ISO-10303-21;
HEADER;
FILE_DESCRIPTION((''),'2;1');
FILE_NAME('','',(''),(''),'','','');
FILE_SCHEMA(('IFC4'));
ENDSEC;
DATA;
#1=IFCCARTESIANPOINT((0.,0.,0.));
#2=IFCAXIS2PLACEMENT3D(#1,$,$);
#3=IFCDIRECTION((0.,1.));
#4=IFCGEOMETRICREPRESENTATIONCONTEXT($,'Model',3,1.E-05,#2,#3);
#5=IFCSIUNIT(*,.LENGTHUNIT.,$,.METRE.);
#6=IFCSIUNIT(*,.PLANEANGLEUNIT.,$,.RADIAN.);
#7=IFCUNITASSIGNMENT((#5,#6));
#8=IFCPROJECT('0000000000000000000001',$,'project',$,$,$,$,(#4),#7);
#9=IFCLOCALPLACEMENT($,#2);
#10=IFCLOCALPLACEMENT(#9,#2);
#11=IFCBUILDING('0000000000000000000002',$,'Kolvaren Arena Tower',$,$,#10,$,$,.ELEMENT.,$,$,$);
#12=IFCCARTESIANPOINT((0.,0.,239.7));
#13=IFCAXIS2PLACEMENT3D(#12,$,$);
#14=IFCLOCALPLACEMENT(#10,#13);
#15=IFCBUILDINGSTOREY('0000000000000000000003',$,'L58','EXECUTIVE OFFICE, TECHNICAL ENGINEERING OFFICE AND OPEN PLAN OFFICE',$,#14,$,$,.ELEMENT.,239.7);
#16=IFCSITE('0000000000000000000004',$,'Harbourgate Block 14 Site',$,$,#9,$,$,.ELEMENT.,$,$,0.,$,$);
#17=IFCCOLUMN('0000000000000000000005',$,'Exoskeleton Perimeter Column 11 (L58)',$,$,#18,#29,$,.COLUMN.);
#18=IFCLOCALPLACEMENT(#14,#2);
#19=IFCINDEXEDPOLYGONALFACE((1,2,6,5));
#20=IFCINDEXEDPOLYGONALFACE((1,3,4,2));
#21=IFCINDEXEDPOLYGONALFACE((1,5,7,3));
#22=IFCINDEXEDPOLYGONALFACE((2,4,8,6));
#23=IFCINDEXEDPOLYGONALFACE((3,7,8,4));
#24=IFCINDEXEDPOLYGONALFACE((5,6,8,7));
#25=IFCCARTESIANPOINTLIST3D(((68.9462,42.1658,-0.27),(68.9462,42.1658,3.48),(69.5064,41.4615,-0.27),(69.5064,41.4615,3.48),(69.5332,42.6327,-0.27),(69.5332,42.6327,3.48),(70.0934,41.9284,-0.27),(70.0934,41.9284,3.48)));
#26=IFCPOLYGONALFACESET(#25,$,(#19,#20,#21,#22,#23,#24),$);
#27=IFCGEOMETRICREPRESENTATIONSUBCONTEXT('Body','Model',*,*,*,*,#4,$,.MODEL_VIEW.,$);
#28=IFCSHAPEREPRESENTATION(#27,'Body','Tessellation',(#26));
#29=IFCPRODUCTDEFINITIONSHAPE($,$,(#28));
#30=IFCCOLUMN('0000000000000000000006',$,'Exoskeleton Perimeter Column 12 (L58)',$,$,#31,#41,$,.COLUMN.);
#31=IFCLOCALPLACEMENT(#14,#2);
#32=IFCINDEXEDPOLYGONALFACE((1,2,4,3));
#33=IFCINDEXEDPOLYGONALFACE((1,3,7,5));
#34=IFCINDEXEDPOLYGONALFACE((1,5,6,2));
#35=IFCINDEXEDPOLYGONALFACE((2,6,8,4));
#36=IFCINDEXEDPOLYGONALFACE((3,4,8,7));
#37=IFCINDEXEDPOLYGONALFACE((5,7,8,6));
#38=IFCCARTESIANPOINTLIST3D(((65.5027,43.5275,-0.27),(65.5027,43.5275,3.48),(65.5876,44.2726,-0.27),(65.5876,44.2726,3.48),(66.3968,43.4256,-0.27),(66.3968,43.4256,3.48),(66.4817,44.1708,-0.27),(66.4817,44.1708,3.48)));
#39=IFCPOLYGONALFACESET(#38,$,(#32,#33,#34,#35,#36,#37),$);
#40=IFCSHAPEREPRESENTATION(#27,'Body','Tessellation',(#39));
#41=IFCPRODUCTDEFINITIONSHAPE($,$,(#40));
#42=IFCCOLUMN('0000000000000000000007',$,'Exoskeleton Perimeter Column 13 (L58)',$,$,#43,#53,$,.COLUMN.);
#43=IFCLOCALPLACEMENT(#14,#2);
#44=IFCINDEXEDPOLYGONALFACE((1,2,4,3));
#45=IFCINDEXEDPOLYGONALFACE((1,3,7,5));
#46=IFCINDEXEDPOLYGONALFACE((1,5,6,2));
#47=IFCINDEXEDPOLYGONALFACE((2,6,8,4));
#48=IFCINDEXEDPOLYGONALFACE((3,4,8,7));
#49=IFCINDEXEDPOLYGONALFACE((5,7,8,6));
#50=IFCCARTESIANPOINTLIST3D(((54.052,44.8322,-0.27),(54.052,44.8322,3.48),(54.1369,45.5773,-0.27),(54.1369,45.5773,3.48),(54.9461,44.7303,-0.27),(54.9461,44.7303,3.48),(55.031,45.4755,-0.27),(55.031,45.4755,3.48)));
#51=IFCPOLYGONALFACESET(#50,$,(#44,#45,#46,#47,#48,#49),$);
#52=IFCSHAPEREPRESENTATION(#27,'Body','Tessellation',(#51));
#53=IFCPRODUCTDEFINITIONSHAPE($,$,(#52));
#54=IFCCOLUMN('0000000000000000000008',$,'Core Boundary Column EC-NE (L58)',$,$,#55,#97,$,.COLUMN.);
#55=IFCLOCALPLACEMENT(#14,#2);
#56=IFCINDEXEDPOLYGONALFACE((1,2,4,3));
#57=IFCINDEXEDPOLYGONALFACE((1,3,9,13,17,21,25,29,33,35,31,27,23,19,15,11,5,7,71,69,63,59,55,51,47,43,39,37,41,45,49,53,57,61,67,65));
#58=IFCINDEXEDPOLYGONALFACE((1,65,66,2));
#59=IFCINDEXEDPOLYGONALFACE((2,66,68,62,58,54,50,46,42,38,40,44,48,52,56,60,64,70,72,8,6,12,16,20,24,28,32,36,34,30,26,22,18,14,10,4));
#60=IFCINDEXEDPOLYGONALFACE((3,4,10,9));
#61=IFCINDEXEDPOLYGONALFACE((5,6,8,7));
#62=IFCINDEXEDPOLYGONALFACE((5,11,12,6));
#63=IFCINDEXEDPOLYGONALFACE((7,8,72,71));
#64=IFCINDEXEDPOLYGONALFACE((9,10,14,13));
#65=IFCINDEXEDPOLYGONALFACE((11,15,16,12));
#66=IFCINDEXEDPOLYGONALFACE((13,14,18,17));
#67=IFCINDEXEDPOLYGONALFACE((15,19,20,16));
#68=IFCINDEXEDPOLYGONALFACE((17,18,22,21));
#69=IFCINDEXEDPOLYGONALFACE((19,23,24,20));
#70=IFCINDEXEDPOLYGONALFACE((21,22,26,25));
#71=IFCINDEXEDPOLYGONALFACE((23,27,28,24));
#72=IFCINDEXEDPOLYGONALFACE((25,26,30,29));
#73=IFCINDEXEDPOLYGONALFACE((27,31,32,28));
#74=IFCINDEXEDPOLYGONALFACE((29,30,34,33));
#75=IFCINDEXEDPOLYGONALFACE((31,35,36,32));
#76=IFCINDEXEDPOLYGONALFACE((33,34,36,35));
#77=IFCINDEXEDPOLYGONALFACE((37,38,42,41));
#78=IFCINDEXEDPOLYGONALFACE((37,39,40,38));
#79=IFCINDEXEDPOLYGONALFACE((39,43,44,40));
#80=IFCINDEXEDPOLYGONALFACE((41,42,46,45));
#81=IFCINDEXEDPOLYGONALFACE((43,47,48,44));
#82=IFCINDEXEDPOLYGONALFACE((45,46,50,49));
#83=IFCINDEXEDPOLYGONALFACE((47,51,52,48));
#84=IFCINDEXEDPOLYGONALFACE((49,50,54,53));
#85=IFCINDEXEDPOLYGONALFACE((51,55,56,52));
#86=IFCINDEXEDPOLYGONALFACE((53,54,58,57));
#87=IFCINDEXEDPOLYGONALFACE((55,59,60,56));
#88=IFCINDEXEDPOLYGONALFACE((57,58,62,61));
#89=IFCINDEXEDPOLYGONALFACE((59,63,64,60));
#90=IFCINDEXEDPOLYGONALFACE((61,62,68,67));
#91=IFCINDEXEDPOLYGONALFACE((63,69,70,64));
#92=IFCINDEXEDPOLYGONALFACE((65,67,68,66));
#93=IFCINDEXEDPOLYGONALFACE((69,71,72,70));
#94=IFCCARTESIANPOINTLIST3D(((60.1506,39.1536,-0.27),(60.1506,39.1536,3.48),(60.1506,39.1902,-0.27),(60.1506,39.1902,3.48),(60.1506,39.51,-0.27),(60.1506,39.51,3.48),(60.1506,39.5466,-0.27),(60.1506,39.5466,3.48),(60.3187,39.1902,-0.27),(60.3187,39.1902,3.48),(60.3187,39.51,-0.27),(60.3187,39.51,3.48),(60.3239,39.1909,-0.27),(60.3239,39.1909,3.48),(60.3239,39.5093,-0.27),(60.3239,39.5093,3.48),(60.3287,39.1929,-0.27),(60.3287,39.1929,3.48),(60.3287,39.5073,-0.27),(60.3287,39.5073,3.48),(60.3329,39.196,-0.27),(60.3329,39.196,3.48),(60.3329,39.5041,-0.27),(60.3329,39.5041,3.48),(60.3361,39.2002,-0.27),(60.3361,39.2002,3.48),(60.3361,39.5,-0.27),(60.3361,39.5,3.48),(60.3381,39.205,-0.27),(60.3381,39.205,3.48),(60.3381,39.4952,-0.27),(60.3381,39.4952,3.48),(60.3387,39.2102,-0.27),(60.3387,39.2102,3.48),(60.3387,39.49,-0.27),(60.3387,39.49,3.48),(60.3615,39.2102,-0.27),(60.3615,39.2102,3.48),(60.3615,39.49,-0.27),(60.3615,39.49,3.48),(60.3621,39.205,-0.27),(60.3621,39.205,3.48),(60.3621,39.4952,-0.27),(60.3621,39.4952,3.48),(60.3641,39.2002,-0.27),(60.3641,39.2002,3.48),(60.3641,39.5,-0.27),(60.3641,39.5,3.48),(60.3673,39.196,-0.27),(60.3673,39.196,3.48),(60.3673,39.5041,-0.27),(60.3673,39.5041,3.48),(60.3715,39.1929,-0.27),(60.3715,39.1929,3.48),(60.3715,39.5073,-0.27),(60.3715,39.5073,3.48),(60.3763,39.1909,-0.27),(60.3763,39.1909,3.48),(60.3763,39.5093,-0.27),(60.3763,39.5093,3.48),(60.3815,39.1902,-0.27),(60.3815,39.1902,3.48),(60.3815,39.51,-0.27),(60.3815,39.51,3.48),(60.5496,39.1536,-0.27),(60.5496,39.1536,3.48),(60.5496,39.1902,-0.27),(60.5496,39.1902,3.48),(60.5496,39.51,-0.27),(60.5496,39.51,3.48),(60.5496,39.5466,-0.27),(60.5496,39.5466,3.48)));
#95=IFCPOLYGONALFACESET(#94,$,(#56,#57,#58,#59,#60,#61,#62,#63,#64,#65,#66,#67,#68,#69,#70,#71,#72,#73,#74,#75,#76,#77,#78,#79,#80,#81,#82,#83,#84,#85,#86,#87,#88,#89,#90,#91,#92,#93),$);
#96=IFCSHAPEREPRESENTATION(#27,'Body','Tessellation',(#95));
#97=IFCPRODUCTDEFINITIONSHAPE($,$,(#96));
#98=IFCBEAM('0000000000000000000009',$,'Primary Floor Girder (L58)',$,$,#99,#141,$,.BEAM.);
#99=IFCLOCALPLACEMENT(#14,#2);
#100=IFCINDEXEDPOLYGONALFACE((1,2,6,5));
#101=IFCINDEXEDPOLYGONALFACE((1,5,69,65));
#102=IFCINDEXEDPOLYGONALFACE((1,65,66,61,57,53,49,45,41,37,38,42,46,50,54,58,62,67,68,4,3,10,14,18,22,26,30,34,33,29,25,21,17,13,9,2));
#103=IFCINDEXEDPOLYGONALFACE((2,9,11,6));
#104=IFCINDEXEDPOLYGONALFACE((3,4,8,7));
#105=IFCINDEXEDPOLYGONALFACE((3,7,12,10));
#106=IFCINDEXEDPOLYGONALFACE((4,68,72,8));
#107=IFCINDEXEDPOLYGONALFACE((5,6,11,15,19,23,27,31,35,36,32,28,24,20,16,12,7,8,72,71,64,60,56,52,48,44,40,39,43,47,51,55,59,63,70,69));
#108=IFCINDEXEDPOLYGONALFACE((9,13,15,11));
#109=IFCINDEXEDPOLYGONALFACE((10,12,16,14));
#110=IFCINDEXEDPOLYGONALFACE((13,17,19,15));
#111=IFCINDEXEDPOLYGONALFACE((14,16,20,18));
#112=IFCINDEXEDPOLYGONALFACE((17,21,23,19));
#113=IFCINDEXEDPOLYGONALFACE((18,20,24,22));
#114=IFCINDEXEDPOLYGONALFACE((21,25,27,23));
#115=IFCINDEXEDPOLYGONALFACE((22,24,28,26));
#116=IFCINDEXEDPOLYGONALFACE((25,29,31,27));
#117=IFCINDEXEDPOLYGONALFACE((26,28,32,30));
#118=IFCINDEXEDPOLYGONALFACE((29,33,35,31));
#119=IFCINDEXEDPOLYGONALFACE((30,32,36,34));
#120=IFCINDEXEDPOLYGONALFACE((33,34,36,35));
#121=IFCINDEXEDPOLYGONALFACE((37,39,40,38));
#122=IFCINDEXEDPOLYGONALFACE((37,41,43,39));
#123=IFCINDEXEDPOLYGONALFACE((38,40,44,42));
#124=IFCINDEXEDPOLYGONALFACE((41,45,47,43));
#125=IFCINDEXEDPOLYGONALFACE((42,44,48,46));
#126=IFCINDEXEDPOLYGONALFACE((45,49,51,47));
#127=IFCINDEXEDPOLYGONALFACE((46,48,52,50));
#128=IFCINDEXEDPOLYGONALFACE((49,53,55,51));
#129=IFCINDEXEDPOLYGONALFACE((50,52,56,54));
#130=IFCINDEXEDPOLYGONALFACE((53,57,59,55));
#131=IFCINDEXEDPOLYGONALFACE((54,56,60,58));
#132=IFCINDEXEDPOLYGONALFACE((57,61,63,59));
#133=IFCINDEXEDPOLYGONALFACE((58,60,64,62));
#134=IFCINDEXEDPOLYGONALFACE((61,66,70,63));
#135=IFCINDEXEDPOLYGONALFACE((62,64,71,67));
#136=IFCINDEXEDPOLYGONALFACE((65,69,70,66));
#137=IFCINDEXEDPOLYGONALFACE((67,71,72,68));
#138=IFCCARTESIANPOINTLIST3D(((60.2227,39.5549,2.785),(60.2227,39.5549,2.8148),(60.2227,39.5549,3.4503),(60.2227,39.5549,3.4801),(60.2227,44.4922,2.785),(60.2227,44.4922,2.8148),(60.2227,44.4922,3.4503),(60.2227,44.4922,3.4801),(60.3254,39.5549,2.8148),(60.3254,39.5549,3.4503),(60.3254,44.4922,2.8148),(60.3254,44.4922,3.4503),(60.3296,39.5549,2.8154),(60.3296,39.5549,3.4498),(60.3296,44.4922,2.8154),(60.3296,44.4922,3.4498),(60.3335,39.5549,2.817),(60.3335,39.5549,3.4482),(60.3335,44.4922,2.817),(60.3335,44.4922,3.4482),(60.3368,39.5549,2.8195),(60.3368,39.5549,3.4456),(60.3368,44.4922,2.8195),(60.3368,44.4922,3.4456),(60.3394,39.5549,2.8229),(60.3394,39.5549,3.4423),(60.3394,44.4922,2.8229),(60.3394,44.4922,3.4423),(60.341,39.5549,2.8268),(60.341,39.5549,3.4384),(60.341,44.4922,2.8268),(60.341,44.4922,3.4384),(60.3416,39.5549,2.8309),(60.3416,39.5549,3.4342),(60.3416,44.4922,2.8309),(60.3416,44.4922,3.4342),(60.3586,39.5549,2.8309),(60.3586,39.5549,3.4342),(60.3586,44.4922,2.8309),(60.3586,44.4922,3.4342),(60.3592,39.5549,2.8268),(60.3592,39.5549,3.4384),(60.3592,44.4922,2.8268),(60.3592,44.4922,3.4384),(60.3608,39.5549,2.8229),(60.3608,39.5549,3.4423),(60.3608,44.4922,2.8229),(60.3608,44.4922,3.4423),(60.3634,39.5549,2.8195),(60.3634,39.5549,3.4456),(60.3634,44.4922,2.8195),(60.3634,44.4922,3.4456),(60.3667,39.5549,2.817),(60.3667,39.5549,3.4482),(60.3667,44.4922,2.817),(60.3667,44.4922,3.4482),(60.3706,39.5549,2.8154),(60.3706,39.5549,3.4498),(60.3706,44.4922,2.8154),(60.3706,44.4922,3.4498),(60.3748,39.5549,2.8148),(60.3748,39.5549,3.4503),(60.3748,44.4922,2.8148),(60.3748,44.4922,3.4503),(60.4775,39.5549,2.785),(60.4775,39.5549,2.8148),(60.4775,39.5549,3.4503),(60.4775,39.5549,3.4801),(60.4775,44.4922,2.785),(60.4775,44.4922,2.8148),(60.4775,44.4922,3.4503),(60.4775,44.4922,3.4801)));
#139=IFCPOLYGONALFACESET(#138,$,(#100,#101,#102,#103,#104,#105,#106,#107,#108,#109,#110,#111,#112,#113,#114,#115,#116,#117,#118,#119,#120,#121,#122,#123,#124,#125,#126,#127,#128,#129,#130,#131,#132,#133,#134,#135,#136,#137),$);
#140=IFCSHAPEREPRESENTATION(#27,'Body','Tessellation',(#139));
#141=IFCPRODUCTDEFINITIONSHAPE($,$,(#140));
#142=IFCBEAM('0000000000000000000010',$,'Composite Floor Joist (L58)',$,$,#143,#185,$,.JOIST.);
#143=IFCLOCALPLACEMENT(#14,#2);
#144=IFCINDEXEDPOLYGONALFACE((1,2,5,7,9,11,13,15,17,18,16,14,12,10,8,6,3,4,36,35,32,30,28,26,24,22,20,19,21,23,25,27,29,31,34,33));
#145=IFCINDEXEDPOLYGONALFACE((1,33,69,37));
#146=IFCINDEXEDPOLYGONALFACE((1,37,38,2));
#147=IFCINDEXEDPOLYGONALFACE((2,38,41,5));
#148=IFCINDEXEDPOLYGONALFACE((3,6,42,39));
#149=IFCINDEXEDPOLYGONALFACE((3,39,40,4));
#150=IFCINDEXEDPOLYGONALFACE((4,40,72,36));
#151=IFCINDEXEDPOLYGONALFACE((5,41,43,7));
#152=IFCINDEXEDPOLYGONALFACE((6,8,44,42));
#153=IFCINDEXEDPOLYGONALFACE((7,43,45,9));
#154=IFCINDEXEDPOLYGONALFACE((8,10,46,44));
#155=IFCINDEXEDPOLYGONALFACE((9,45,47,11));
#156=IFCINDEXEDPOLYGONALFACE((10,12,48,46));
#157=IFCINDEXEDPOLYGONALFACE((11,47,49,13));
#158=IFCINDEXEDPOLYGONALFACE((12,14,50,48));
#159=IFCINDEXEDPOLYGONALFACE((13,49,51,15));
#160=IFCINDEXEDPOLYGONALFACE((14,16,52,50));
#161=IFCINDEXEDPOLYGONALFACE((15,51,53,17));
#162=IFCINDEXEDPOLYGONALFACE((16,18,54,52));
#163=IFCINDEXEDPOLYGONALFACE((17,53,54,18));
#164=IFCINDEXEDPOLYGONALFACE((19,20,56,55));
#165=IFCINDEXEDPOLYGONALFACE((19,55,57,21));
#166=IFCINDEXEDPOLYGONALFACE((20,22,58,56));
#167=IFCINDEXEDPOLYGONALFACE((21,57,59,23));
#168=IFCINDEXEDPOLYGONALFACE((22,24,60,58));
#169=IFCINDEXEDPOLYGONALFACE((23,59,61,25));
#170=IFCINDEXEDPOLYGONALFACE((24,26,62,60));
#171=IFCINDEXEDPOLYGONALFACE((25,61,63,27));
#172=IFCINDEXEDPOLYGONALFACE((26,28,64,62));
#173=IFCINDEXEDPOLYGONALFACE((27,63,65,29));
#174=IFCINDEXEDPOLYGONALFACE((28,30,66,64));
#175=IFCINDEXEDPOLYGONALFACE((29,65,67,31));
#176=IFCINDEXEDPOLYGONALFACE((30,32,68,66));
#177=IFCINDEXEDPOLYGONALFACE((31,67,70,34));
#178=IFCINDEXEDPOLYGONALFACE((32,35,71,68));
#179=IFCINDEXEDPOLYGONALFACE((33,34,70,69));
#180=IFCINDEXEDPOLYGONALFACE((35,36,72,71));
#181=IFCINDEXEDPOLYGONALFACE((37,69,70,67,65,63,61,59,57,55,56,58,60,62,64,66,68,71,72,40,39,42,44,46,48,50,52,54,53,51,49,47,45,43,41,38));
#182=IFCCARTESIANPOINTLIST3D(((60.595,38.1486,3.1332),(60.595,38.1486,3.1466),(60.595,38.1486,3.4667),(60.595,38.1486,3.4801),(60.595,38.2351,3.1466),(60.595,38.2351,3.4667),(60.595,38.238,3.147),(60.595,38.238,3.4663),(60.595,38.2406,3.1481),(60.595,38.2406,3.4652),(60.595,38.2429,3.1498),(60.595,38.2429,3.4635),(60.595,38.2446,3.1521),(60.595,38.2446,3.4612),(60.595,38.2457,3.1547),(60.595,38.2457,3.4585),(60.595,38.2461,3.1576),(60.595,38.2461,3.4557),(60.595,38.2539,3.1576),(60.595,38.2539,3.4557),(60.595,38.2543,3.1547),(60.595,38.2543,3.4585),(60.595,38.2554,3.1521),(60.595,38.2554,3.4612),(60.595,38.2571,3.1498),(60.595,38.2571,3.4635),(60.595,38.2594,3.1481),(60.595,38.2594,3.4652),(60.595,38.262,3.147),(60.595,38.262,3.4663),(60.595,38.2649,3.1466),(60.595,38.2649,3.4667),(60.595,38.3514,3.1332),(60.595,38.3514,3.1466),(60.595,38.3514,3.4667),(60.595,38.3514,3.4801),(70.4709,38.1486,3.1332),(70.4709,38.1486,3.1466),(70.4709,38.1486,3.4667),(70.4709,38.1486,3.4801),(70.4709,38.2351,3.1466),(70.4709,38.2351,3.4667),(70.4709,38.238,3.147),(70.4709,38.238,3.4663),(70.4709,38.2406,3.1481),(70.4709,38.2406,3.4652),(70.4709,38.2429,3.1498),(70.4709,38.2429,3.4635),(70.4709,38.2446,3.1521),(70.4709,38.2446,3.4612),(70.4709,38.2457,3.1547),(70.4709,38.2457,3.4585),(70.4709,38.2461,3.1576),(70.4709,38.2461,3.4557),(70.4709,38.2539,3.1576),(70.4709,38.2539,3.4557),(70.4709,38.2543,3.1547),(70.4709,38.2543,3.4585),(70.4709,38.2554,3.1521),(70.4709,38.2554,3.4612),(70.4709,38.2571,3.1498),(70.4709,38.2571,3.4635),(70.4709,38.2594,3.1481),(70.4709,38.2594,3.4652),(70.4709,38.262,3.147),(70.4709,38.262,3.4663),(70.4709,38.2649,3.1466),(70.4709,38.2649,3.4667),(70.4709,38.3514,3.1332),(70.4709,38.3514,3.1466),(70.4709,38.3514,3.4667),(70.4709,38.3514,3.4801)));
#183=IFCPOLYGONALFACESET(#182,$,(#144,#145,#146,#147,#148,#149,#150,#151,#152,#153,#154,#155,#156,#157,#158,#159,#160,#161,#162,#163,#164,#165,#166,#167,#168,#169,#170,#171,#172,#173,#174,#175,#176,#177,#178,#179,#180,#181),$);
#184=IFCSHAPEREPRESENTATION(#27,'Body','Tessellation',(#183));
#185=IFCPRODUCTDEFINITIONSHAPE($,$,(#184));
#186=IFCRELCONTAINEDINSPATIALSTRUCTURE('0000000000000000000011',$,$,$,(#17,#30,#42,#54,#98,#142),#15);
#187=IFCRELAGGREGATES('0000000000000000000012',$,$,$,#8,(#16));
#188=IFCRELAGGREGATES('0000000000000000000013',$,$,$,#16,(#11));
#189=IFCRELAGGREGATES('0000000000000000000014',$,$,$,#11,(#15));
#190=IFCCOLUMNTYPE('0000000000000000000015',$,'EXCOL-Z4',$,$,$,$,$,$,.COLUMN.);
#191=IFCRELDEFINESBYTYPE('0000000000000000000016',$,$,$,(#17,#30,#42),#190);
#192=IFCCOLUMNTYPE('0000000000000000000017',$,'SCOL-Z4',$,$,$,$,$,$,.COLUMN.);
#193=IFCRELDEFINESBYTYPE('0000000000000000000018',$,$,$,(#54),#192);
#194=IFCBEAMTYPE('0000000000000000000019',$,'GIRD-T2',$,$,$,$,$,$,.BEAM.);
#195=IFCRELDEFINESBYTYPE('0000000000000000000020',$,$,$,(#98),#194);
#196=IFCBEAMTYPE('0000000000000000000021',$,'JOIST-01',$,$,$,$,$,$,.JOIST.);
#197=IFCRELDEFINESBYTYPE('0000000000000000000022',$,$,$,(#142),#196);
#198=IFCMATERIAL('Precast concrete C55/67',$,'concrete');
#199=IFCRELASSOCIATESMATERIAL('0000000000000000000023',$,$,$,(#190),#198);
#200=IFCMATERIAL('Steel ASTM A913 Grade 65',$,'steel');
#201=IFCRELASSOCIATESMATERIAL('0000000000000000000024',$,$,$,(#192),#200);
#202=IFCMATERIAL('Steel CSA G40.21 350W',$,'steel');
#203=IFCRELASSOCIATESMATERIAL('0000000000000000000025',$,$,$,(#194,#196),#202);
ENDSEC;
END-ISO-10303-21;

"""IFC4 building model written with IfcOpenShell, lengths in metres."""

from ifc_helpers import new_model, si_unit, direction, frame, origin, origin_2d, place, context, subcontext, project, spatial, rectangle, i_section, extrude, material, material_profile, profile_set, type_object, element, save


model = new_model("IFC4")

# Units and contexts
model_context = context("Model", 3, precision=1e-05, world=origin(), true_north=direction((0.0, 1.0)))
body_context = subcontext(model_context, "Body", "Model", "MODEL_VIEW")
ifc_project = project(units=[si_unit("LENGTHUNIT", "METRE"), si_unit("PLANEANGLEUNIT", "RADIAN")], contexts=[model_context])

# Site, building, storey
site_placement = place(None, origin())
site = spatial("IfcSite", under=ifc_project, at=site_placement, Name="Harbourgate Block 14 Site", CompositionType="ELEMENT", RefElevation=0.0)
building_placement = place(site_placement, origin())
building = spatial("IfcBuilding", under=site, at=building_placement, Name="Kolvaren Arena Tower", CompositionType="ELEMENT")
storey_placement = place(building_placement, frame((0.0, 0.0, 239.7)))
storey = spatial("IfcBuildingStorey", under=building, at=storey_placement, Name="L58", Description="EXECUTIVE OFFICE, TECHNICAL ENGINEERING OFFICE AND OPEN PLAN OFFICE", CompositionType="ELEMENT", Elevation=239.7)

# Columns
ifc_material_1 = material(Name="Precast concrete C55/67", Category="concrete")
ifc_material_profile_1 = material_profile(ifc_material_1, rectangle(XDim=0.8999, YDim=0.75, at=origin_2d()), Name="RC-900x750")
ifc_profile_set_1 = profile_set([ifc_material_profile_1], Name="Precast concrete C55/67")
column_type_1 = type_object("IfcColumnType", Name="EXCOL-Z4", PredefinedType="COLUMN", material=ifc_profile_set_1)
for number, where, z_axis, x_axis, name in (
    (1, (69.5198, 42.0471, -0.27), (0.0, 0.0, 1.0), (-0.622515, 0.782608, 0.0), "Exoskeleton Perimeter Column 11 (L58)"),
    (2, (65.9922, 43.8491, -0.27), (0.0, 0.0, 1.0), (0.993572, -0.113203, 0.0), "Exoskeleton Perimeter Column 12 (L58)"),
    (3, (54.5415, 45.1538, -0.27), (0.0, 0.0, 1.0), (0.993572, -0.113203, 0.0), "Exoskeleton Perimeter Column 13 (L58)"),
):
    element("IfcColumn", number, at=place(storey_placement, frame(where, z_axis=z_axis, x_axis=x_axis)), inside=storey, type_object=column_type_1, Name=name, PredefinedType="COLUMN", context=body_context, shape_type="SweptSolid", body=[
        extrude(rectangle(XDim=0.8999, YDim=0.75, at=origin_2d()), origin(), (0.0, 0.0, 1.0), 3.75),
    ])
ifc_material_2 = material(Name="Steel ASTM A913 Grade 65", Category="steel")
ifc_material_profile_2 = material_profile(ifc_material_2, i_section(OverallWidth=0.3989, OverallDepth=0.3931, WebThickness=0.0227, FlangeThickness=0.0366, FilletRadius=0.02, at=origin_2d()), Name="W360x287")
ifc_profile_set_2 = profile_set([ifc_material_profile_2], Name="Steel ASTM A913 Grade 65")
column_type_2 = type_object("IfcColumnType", Name="SCOL-Z4", PredefinedType="COLUMN", material=ifc_profile_set_2)
column_placement = place(storey_placement, frame((60.3501, 39.3501, -0.27), z_axis=(0.0, 0.0, 1.0), x_axis=(1.0, 0.0, 0.0)))
element("IfcColumn", 4, at=column_placement, inside=storey, type_object=column_type_2, Name="Core Boundary Column EC-NE (L58)", PredefinedType="COLUMN", context=body_context, shape_type="SweptSolid", body=[
    extrude(i_section(OverallWidth=0.3989, OverallDepth=0.3931, WebThickness=0.0227, FlangeThickness=0.0366, FilletRadius=0.02, at=origin_2d()), origin(), (0.0, 0.0, 1.0), 3.75),
])

# Beams
ifc_material_3 = material(Name="Steel CSA G40.21 350W", Category="steel")
ifc_material_profile_3 = material_profile(ifc_material_3, i_section(OverallWidth=0.2549, OverallDepth=0.6951, WebThickness=0.0171, FlangeThickness=0.0298, FilletRadius=0.0161, at=origin_2d()), Name="W690x217")
ifc_profile_set_3 = profile_set([ifc_material_profile_3], Name="Steel CSA G40.21 350W")
beam_type_1 = type_object("IfcBeamType", Name="GIRD-T2", PredefinedType="BEAM", material=ifc_profile_set_3)
beam_1_placement = place(storey_placement, frame((60.3501, 39.5549, 3.1326), z_axis=(0.0, 1.0, 0.0), x_axis=(-1.0, 0.0, 0.0)))
element("IfcBeam", 5, at=beam_1_placement, inside=storey, type_object=beam_type_1, Name="Primary Floor Girder (L58)", PredefinedType="BEAM", context=body_context, shape_type="SweptSolid", body=[
    extrude(i_section(OverallWidth=0.2549, OverallDepth=0.6951, WebThickness=0.0171, FlangeThickness=0.0298, FilletRadius=0.0161, at=origin_2d()), origin(), (0.0, 0.0, 1.0), 4.9373),
])
ifc_material_profile_4 = material_profile(ifc_material_3, i_section(OverallWidth=0.2029, OverallDepth=0.3469, WebThickness=0.0078, FlangeThickness=0.0134, FilletRadius=0.011, at=origin_2d()), Name="W360x64")
ifc_profile_set_4 = profile_set([ifc_material_profile_4], Name="Steel CSA G40.21 350W")
beam_type_2 = type_object("IfcBeamType", Name="JOIST-01", PredefinedType="JOIST", material=ifc_profile_set_4)
beam_2_placement = place(storey_placement, frame((60.595, 38.25, 3.3066), z_axis=(1.0, 0.0, 0.0), x_axis=(0.0, 1.0, 0.0)))
element("IfcBeam", 6, at=beam_2_placement, inside=storey, type_object=beam_type_2, Name="Composite Floor Joist (L58)", PredefinedType="JOIST", context=body_context, shape_type="SweptSolid", body=[
    extrude(i_section(OverallWidth=0.2029, OverallDepth=0.3469, WebThickness=0.0078, FlangeThickness=0.0134, FilletRadius=0.011, at=origin_2d()), origin(), (0.0, 0.0, 1.0), 9.876),
])

save(model, "model.ifc")
